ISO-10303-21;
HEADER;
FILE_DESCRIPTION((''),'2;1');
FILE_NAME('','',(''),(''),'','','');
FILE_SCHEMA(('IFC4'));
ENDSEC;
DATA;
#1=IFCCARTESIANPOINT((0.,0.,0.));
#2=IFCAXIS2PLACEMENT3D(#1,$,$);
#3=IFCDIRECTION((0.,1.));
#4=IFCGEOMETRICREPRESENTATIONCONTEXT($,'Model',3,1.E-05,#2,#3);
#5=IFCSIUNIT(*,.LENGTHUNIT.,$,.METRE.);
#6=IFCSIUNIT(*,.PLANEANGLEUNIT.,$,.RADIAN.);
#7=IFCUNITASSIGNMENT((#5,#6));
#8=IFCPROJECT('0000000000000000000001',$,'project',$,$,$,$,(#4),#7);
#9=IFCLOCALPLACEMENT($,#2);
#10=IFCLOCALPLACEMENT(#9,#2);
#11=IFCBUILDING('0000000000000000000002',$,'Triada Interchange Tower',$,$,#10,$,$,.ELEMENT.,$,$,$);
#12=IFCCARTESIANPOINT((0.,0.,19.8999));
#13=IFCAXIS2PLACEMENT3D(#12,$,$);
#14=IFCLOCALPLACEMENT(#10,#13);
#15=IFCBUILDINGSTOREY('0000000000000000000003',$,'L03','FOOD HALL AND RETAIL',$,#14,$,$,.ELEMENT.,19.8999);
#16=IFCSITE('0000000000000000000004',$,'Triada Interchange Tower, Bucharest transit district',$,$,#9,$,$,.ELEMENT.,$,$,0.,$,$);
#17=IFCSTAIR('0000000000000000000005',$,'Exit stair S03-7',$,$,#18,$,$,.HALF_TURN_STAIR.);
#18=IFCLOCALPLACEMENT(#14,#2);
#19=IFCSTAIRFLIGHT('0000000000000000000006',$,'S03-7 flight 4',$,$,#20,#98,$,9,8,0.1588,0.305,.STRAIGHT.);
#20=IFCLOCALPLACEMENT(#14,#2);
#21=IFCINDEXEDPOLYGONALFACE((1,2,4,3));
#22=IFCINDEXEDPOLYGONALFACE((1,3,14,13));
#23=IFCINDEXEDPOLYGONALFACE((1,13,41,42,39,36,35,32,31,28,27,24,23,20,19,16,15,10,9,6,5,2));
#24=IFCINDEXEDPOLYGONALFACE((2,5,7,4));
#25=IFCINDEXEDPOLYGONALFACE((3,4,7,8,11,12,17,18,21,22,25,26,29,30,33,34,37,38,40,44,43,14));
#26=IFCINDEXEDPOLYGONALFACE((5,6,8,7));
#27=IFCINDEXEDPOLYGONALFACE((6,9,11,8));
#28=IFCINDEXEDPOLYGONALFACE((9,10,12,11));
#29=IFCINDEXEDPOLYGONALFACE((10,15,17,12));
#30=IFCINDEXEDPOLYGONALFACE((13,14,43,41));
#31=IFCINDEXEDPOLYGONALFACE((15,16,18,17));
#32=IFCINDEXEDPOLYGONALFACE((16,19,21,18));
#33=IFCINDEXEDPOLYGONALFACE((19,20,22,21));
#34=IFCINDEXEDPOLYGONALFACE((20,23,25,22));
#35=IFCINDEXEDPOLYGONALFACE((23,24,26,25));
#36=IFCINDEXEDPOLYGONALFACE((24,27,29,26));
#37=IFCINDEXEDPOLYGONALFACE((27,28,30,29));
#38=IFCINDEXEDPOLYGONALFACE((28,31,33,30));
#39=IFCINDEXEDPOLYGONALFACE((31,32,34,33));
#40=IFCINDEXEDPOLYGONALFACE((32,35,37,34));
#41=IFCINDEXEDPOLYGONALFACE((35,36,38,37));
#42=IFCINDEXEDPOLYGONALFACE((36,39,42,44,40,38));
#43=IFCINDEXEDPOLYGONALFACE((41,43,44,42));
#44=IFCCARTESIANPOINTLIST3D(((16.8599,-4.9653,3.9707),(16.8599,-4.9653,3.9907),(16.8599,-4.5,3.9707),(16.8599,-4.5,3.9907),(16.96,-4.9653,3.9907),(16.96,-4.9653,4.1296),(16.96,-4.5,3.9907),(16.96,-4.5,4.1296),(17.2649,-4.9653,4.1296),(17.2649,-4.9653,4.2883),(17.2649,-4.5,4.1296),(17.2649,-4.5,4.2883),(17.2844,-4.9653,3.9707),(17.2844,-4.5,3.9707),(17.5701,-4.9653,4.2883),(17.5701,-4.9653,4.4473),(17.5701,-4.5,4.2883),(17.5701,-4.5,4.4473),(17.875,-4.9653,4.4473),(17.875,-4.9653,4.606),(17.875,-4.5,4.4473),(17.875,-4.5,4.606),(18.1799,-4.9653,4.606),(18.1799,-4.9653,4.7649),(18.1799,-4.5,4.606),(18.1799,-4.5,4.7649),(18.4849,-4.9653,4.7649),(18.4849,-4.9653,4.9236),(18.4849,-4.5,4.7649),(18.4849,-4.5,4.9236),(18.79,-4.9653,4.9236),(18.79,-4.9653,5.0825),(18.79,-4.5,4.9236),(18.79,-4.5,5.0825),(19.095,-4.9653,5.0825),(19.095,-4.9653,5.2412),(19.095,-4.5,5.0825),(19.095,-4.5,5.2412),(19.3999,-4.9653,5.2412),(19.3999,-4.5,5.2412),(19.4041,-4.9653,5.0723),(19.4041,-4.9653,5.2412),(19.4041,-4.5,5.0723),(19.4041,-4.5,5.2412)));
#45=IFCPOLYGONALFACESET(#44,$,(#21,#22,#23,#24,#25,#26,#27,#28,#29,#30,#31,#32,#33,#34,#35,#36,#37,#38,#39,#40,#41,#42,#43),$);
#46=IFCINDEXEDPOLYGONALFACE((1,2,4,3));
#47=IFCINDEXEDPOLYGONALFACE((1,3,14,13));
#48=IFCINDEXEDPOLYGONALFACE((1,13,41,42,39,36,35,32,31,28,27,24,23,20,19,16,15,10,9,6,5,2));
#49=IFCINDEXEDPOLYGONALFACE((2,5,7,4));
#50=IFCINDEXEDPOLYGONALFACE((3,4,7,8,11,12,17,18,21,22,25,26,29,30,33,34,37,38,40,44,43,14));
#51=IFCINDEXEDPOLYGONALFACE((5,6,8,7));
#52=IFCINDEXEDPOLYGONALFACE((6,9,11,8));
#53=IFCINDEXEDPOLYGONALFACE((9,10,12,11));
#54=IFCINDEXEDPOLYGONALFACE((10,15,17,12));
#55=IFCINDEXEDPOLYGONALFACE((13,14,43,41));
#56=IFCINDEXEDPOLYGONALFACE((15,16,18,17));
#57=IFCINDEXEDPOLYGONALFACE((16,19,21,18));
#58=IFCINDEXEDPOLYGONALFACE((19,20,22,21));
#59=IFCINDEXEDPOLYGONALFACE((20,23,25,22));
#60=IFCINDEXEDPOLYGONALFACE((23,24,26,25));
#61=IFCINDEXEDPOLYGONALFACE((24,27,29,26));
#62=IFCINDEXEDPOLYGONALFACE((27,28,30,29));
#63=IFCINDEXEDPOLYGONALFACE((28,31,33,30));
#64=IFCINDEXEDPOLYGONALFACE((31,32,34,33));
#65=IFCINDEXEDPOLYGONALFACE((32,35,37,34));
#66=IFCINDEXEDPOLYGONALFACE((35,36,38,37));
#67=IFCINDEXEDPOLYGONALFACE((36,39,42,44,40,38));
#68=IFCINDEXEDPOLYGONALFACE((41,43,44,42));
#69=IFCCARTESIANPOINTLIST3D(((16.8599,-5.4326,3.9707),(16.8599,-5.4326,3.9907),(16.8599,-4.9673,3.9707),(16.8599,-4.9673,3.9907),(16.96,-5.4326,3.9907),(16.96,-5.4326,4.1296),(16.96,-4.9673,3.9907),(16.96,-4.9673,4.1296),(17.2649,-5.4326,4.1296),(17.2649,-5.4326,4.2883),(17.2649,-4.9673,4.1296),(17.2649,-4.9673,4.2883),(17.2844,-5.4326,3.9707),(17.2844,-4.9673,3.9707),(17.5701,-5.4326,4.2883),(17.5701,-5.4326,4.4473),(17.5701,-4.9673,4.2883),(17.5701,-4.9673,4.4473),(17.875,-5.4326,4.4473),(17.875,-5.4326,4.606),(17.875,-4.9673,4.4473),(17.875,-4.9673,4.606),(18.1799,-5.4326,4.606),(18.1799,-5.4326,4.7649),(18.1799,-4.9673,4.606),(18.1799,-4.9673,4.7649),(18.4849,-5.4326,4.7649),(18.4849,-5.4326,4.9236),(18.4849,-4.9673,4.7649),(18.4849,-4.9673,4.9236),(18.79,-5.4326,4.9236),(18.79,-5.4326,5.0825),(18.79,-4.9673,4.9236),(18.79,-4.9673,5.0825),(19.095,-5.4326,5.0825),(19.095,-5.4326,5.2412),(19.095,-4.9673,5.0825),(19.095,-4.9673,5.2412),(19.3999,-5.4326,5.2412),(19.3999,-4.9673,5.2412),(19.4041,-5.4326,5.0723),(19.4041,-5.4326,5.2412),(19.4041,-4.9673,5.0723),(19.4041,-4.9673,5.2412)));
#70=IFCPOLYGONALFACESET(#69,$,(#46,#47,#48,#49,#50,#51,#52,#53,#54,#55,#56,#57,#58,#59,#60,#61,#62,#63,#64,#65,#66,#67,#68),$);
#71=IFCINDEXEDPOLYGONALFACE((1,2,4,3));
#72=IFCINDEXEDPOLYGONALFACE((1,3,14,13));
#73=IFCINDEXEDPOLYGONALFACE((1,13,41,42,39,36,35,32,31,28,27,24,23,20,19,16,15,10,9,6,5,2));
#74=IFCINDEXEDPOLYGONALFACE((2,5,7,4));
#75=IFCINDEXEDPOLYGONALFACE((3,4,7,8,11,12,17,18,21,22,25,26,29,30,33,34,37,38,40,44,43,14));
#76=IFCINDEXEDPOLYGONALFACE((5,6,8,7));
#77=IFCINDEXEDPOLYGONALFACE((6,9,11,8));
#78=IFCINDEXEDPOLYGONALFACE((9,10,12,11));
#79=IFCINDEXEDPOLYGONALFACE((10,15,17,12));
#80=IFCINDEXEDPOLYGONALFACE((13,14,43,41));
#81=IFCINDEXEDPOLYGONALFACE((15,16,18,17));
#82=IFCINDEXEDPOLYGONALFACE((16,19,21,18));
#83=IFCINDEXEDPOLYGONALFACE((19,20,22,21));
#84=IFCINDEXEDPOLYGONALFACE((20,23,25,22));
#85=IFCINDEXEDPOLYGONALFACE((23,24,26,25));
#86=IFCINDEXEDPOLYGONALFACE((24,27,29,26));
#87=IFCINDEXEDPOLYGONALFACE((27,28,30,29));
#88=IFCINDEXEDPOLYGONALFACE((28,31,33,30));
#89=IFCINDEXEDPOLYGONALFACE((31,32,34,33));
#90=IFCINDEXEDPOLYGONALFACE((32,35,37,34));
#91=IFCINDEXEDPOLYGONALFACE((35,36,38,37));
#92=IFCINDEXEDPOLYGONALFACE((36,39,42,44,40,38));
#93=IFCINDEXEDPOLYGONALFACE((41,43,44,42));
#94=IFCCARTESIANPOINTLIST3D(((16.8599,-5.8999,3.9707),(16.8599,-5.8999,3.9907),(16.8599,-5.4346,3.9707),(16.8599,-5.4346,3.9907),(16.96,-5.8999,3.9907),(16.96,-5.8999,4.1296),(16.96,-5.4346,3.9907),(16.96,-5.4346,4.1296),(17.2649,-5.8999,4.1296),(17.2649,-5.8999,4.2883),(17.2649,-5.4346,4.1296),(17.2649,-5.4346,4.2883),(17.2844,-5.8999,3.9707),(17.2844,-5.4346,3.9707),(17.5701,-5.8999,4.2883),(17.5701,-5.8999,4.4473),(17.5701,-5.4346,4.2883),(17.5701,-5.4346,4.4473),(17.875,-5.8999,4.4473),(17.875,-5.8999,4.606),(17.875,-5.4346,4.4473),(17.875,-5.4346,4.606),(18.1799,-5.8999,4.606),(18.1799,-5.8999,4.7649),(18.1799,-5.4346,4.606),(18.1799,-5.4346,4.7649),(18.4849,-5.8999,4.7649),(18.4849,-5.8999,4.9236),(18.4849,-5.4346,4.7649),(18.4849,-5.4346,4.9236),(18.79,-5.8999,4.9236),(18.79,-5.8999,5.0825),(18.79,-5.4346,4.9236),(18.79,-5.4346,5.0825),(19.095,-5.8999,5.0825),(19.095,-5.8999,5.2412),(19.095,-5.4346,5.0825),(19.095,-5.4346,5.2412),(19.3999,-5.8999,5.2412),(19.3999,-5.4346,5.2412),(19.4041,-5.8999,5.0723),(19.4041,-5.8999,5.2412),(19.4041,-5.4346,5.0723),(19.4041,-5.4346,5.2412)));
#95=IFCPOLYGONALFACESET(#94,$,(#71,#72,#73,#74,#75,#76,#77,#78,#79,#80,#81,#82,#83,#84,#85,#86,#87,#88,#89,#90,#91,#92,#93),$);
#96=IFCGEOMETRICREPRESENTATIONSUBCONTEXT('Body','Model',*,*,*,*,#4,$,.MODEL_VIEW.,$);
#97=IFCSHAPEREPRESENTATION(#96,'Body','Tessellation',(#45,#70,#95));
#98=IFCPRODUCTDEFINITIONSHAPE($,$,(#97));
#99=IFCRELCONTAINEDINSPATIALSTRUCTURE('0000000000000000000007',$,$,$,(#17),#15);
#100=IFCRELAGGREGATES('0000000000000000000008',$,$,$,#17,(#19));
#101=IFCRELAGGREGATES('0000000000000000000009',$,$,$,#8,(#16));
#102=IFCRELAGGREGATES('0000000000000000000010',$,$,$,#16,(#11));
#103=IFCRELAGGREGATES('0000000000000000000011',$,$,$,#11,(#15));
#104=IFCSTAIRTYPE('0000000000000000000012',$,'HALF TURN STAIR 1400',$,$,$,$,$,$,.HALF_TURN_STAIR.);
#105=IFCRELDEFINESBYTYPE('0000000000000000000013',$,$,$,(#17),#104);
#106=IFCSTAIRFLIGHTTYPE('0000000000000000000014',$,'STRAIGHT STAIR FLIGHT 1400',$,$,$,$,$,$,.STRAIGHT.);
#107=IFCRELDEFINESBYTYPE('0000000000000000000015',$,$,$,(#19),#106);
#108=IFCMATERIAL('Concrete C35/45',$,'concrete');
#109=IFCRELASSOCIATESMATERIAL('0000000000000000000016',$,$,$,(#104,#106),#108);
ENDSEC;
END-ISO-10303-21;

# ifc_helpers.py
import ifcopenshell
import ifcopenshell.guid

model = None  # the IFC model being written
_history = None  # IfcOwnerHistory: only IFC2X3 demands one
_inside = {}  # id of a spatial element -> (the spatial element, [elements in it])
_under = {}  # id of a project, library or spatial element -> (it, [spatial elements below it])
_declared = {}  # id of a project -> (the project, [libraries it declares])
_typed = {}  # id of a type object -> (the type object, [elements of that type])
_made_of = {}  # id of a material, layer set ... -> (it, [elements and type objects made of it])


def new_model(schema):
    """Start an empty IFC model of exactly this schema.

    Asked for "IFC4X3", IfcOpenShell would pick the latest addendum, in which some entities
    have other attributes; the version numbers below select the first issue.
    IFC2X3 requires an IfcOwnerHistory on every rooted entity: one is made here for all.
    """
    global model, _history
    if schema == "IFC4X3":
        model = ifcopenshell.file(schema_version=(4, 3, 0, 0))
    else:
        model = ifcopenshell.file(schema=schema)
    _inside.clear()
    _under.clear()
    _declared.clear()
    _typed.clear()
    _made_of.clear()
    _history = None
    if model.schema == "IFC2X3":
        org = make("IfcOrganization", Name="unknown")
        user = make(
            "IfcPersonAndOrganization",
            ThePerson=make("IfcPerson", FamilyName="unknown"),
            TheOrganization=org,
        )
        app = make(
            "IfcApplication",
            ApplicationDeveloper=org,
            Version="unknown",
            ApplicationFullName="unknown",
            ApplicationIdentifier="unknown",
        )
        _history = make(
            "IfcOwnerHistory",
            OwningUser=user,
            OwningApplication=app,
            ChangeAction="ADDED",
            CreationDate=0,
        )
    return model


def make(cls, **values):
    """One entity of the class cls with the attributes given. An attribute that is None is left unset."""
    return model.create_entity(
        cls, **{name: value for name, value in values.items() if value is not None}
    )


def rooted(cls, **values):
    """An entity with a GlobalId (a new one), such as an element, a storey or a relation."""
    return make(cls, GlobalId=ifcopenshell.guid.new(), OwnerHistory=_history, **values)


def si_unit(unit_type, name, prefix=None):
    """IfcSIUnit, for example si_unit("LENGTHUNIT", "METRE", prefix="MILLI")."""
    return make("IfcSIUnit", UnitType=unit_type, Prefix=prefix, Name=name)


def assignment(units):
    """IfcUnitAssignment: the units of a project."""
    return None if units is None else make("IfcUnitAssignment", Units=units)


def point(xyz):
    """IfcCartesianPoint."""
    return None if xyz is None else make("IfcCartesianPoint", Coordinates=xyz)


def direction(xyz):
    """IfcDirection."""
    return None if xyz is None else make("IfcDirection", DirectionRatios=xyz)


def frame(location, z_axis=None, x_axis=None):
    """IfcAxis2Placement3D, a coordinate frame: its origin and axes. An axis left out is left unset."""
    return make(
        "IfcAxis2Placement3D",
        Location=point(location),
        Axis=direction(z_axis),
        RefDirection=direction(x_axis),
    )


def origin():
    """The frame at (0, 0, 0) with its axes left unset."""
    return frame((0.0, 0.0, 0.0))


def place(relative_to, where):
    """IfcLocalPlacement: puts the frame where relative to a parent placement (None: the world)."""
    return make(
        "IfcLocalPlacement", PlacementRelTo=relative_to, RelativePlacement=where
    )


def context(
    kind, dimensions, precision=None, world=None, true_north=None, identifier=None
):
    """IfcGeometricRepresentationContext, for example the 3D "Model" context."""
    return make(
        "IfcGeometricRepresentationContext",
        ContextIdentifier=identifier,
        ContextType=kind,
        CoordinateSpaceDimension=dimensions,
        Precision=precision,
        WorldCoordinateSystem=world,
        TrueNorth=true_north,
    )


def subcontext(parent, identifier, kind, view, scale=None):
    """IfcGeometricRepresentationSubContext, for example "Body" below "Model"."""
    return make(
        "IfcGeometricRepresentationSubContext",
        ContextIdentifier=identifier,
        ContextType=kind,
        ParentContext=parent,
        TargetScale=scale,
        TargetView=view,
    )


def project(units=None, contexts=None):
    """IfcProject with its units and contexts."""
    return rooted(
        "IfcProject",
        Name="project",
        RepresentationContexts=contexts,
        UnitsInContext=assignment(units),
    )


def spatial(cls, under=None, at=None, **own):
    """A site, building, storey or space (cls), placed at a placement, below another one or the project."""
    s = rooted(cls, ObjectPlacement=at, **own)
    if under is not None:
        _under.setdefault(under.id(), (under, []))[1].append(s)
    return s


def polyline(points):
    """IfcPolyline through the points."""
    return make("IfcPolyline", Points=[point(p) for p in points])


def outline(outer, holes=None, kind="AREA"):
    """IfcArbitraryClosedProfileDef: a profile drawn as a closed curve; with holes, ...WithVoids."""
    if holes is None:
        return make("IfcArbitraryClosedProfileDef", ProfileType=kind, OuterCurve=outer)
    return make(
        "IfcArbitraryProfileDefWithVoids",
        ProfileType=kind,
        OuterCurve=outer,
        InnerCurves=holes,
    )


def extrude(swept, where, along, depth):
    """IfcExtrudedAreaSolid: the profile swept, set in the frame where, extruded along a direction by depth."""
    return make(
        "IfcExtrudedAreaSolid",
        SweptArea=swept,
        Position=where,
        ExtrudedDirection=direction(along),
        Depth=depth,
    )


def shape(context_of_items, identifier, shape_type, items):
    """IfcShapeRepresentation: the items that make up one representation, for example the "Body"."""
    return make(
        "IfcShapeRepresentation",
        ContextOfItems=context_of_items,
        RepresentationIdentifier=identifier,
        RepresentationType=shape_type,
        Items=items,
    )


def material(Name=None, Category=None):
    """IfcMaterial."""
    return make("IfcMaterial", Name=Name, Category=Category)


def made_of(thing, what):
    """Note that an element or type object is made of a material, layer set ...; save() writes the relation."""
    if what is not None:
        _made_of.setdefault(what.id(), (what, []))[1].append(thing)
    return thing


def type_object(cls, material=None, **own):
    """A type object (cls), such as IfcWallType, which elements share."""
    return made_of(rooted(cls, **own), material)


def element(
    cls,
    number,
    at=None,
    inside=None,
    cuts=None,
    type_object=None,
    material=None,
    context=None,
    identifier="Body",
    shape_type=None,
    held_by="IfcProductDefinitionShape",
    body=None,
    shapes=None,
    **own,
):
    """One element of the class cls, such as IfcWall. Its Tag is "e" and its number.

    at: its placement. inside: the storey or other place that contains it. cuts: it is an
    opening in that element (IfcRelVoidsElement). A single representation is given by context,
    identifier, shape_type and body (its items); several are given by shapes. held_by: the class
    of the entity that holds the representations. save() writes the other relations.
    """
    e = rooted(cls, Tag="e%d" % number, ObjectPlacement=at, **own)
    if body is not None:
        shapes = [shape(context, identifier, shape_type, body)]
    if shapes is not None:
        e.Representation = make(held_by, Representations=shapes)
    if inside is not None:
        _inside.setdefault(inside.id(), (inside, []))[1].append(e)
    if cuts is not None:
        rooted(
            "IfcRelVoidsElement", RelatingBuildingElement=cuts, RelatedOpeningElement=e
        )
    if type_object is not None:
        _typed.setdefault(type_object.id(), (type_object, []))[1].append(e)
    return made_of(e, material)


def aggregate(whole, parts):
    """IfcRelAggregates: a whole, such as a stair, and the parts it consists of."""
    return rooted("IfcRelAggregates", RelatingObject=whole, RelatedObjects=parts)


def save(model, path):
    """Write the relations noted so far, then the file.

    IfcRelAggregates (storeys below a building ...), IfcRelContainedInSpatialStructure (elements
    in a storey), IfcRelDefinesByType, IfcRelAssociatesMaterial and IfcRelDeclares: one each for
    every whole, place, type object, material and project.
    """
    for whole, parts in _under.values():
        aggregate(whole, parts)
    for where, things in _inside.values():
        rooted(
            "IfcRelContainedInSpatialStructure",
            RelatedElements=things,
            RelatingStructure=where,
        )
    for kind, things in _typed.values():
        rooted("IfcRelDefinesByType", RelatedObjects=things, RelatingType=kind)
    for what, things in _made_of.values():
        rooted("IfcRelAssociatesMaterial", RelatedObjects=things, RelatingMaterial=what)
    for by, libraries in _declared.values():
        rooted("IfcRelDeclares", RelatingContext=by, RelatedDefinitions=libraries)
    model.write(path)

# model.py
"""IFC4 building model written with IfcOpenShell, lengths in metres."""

from ifc_helpers import new_model, si_unit, direction, frame, origin, place, context, subcontext, project, spatial, polyline, outline, extrude, material, type_object, element, aggregate, save


model = new_model("IFC4")

# Units and contexts
model_context = context("Model", 3, precision=1e-05, world=origin(), true_north=direction((0.0, 1.0)))
body_context = subcontext(model_context, "Body", "Model", "MODEL_VIEW")
ifc_project = project(units=[si_unit("LENGTHUNIT", "METRE"), si_unit("PLANEANGLEUNIT", "RADIAN")], contexts=[model_context])

# Site, building, storey
site_placement = place(None, origin())
site = spatial("IfcSite", under=ifc_project, at=site_placement, Name="Triada Interchange Tower, Bucharest transit district", CompositionType="ELEMENT", RefElevation=0.0)
building_placement = place(site_placement, origin())
building = spatial("IfcBuilding", under=site, at=building_placement, Name="Triada Interchange Tower", CompositionType="ELEMENT")
storey_placement = place(building_placement, frame((0.0, 0.0, 19.8999)))
storey = spatial("IfcBuildingStorey", under=building, at=storey_placement, Name="L03", Description="FOOD HALL AND RETAIL", CompositionType="ELEMENT", Elevation=19.8999)

# Stair, stair flight
ifc_material_1 = material(Name="Concrete C35/45", Category="concrete")
stair_type = type_object("IfcStairType", Name="HALF TURN STAIR 1400", PredefinedType="HALF_TURN_STAIR", material=ifc_material_1)
stair_placement = place(storey_placement, origin())
stair = element("IfcStair", 1, at=stair_placement, inside=storey, type_object=stair_type, Name="Exit stair S03-7", PredefinedType="HALF_TURN_STAIR")
stair_flight_type = type_object("IfcStairFlightType", Name="STRAIGHT STAIR FLIGHT 1400", PredefinedType="STRAIGHT", material=ifc_material_1)
stair_flight_1_placement = place(storey_placement, frame((16.96, -5.2, 3.9707), z_axis=(0.0, 0.0, 1.0), x_axis=(1.0, 0.0, 0.0)))
stair_flight_1 = element("IfcStairFlight", 2, at=stair_flight_1_placement, type_object=stair_flight_type, Name="S03-7 flight 4", NumberOfRisers=9, NumberOfTreads=8, PredefinedType="STRAIGHT", RiserHeight=0.1588, TreadLength=0.305, context=body_context, shape_type="SweptSolid", body=[
    extrude(outline(polyline([(-0.1001, 0.0), (-0.1001, 0.02), (0.0, 0.02), (0.0, 0.1589), (0.3049, 0.1589), (0.3049, 0.3176), (0.6101, 0.3176), (0.6101, 0.4766), (0.915, 0.4766), (0.915, 0.6353), (1.22, 0.6353), (1.22, 0.7942), (1.5249, 0.7942), (1.5249, 0.9529), (1.8301, 0.9529), (1.8301, 1.1118), (2.135, 1.1118), (2.135, 1.2705), (2.4399, 1.2705), (2.4441, 1.2705), (2.4441, 1.4294), (2.4441, 1.1016), (0.3245, 0.0), (-0.1001, 0.0)])), frame((0.0, 0.7, 0.0), z_axis=(0.0, -1.0, 0.0), x_axis=(1.0, 0.0, 0.0)), (0.0, 0.0, 1.0), 0.4653),
    extrude(outline(polyline([(-0.1001, 0.0), (-0.1001, 0.02), (0.0, 0.02), (0.0, 0.1589), (0.3049, 0.1589), (0.3049, 0.3176), (0.6101, 0.3176), (0.6101, 0.4766), (0.915, 0.4766), (0.915, 0.6353), (1.22, 0.6353), (1.22, 0.7942), (1.5249, 0.7942), (1.5249, 0.9529), (1.8301, 0.9529), (1.8301, 1.1118), (2.135, 1.1118), (2.135, 1.2705), (2.4399, 1.2705), (2.4441, 1.2705), (2.4441, 1.4294), (2.4441, 1.1016), (0.3245, 0.0), (-0.1001, 0.0)])), frame((0.0, 0.2327, 0.0), z_axis=(0.0, -1.0, 0.0), x_axis=(1.0, 0.0, 0.0)), (0.0, 0.0, 1.0), 0.4653),
    extrude(outline(polyline([(-0.1001, 0.0), (-0.1001, 0.02), (0.0, 0.02), (0.0, 0.1589), (0.3049, 0.1589), (0.3049, 0.3176), (0.6101, 0.3176), (0.6101, 0.4766), (0.915, 0.4766), (0.915, 0.6353), (1.22, 0.6353), (1.22, 0.7942), (1.5249, 0.7942), (1.5249, 0.9529), (1.8301, 0.9529), (1.8301, 1.1118), (2.135, 1.1118), (2.135, 1.2705), (2.4399, 1.2705), (2.4441, 1.2705), (2.4441, 1.4294), (2.4441, 1.1016), (0.3245, 0.0), (-0.1001, 0.0)])), frame((0.0, -0.2346, 0.0), z_axis=(0.0, -1.0, 0.0), x_axis=(1.0, 0.0, 0.0)), (0.0, 0.0, 1.0), 0.4653),
])
aggregate(stair, [stair_flight_1])

save(model, "model.ifc")
